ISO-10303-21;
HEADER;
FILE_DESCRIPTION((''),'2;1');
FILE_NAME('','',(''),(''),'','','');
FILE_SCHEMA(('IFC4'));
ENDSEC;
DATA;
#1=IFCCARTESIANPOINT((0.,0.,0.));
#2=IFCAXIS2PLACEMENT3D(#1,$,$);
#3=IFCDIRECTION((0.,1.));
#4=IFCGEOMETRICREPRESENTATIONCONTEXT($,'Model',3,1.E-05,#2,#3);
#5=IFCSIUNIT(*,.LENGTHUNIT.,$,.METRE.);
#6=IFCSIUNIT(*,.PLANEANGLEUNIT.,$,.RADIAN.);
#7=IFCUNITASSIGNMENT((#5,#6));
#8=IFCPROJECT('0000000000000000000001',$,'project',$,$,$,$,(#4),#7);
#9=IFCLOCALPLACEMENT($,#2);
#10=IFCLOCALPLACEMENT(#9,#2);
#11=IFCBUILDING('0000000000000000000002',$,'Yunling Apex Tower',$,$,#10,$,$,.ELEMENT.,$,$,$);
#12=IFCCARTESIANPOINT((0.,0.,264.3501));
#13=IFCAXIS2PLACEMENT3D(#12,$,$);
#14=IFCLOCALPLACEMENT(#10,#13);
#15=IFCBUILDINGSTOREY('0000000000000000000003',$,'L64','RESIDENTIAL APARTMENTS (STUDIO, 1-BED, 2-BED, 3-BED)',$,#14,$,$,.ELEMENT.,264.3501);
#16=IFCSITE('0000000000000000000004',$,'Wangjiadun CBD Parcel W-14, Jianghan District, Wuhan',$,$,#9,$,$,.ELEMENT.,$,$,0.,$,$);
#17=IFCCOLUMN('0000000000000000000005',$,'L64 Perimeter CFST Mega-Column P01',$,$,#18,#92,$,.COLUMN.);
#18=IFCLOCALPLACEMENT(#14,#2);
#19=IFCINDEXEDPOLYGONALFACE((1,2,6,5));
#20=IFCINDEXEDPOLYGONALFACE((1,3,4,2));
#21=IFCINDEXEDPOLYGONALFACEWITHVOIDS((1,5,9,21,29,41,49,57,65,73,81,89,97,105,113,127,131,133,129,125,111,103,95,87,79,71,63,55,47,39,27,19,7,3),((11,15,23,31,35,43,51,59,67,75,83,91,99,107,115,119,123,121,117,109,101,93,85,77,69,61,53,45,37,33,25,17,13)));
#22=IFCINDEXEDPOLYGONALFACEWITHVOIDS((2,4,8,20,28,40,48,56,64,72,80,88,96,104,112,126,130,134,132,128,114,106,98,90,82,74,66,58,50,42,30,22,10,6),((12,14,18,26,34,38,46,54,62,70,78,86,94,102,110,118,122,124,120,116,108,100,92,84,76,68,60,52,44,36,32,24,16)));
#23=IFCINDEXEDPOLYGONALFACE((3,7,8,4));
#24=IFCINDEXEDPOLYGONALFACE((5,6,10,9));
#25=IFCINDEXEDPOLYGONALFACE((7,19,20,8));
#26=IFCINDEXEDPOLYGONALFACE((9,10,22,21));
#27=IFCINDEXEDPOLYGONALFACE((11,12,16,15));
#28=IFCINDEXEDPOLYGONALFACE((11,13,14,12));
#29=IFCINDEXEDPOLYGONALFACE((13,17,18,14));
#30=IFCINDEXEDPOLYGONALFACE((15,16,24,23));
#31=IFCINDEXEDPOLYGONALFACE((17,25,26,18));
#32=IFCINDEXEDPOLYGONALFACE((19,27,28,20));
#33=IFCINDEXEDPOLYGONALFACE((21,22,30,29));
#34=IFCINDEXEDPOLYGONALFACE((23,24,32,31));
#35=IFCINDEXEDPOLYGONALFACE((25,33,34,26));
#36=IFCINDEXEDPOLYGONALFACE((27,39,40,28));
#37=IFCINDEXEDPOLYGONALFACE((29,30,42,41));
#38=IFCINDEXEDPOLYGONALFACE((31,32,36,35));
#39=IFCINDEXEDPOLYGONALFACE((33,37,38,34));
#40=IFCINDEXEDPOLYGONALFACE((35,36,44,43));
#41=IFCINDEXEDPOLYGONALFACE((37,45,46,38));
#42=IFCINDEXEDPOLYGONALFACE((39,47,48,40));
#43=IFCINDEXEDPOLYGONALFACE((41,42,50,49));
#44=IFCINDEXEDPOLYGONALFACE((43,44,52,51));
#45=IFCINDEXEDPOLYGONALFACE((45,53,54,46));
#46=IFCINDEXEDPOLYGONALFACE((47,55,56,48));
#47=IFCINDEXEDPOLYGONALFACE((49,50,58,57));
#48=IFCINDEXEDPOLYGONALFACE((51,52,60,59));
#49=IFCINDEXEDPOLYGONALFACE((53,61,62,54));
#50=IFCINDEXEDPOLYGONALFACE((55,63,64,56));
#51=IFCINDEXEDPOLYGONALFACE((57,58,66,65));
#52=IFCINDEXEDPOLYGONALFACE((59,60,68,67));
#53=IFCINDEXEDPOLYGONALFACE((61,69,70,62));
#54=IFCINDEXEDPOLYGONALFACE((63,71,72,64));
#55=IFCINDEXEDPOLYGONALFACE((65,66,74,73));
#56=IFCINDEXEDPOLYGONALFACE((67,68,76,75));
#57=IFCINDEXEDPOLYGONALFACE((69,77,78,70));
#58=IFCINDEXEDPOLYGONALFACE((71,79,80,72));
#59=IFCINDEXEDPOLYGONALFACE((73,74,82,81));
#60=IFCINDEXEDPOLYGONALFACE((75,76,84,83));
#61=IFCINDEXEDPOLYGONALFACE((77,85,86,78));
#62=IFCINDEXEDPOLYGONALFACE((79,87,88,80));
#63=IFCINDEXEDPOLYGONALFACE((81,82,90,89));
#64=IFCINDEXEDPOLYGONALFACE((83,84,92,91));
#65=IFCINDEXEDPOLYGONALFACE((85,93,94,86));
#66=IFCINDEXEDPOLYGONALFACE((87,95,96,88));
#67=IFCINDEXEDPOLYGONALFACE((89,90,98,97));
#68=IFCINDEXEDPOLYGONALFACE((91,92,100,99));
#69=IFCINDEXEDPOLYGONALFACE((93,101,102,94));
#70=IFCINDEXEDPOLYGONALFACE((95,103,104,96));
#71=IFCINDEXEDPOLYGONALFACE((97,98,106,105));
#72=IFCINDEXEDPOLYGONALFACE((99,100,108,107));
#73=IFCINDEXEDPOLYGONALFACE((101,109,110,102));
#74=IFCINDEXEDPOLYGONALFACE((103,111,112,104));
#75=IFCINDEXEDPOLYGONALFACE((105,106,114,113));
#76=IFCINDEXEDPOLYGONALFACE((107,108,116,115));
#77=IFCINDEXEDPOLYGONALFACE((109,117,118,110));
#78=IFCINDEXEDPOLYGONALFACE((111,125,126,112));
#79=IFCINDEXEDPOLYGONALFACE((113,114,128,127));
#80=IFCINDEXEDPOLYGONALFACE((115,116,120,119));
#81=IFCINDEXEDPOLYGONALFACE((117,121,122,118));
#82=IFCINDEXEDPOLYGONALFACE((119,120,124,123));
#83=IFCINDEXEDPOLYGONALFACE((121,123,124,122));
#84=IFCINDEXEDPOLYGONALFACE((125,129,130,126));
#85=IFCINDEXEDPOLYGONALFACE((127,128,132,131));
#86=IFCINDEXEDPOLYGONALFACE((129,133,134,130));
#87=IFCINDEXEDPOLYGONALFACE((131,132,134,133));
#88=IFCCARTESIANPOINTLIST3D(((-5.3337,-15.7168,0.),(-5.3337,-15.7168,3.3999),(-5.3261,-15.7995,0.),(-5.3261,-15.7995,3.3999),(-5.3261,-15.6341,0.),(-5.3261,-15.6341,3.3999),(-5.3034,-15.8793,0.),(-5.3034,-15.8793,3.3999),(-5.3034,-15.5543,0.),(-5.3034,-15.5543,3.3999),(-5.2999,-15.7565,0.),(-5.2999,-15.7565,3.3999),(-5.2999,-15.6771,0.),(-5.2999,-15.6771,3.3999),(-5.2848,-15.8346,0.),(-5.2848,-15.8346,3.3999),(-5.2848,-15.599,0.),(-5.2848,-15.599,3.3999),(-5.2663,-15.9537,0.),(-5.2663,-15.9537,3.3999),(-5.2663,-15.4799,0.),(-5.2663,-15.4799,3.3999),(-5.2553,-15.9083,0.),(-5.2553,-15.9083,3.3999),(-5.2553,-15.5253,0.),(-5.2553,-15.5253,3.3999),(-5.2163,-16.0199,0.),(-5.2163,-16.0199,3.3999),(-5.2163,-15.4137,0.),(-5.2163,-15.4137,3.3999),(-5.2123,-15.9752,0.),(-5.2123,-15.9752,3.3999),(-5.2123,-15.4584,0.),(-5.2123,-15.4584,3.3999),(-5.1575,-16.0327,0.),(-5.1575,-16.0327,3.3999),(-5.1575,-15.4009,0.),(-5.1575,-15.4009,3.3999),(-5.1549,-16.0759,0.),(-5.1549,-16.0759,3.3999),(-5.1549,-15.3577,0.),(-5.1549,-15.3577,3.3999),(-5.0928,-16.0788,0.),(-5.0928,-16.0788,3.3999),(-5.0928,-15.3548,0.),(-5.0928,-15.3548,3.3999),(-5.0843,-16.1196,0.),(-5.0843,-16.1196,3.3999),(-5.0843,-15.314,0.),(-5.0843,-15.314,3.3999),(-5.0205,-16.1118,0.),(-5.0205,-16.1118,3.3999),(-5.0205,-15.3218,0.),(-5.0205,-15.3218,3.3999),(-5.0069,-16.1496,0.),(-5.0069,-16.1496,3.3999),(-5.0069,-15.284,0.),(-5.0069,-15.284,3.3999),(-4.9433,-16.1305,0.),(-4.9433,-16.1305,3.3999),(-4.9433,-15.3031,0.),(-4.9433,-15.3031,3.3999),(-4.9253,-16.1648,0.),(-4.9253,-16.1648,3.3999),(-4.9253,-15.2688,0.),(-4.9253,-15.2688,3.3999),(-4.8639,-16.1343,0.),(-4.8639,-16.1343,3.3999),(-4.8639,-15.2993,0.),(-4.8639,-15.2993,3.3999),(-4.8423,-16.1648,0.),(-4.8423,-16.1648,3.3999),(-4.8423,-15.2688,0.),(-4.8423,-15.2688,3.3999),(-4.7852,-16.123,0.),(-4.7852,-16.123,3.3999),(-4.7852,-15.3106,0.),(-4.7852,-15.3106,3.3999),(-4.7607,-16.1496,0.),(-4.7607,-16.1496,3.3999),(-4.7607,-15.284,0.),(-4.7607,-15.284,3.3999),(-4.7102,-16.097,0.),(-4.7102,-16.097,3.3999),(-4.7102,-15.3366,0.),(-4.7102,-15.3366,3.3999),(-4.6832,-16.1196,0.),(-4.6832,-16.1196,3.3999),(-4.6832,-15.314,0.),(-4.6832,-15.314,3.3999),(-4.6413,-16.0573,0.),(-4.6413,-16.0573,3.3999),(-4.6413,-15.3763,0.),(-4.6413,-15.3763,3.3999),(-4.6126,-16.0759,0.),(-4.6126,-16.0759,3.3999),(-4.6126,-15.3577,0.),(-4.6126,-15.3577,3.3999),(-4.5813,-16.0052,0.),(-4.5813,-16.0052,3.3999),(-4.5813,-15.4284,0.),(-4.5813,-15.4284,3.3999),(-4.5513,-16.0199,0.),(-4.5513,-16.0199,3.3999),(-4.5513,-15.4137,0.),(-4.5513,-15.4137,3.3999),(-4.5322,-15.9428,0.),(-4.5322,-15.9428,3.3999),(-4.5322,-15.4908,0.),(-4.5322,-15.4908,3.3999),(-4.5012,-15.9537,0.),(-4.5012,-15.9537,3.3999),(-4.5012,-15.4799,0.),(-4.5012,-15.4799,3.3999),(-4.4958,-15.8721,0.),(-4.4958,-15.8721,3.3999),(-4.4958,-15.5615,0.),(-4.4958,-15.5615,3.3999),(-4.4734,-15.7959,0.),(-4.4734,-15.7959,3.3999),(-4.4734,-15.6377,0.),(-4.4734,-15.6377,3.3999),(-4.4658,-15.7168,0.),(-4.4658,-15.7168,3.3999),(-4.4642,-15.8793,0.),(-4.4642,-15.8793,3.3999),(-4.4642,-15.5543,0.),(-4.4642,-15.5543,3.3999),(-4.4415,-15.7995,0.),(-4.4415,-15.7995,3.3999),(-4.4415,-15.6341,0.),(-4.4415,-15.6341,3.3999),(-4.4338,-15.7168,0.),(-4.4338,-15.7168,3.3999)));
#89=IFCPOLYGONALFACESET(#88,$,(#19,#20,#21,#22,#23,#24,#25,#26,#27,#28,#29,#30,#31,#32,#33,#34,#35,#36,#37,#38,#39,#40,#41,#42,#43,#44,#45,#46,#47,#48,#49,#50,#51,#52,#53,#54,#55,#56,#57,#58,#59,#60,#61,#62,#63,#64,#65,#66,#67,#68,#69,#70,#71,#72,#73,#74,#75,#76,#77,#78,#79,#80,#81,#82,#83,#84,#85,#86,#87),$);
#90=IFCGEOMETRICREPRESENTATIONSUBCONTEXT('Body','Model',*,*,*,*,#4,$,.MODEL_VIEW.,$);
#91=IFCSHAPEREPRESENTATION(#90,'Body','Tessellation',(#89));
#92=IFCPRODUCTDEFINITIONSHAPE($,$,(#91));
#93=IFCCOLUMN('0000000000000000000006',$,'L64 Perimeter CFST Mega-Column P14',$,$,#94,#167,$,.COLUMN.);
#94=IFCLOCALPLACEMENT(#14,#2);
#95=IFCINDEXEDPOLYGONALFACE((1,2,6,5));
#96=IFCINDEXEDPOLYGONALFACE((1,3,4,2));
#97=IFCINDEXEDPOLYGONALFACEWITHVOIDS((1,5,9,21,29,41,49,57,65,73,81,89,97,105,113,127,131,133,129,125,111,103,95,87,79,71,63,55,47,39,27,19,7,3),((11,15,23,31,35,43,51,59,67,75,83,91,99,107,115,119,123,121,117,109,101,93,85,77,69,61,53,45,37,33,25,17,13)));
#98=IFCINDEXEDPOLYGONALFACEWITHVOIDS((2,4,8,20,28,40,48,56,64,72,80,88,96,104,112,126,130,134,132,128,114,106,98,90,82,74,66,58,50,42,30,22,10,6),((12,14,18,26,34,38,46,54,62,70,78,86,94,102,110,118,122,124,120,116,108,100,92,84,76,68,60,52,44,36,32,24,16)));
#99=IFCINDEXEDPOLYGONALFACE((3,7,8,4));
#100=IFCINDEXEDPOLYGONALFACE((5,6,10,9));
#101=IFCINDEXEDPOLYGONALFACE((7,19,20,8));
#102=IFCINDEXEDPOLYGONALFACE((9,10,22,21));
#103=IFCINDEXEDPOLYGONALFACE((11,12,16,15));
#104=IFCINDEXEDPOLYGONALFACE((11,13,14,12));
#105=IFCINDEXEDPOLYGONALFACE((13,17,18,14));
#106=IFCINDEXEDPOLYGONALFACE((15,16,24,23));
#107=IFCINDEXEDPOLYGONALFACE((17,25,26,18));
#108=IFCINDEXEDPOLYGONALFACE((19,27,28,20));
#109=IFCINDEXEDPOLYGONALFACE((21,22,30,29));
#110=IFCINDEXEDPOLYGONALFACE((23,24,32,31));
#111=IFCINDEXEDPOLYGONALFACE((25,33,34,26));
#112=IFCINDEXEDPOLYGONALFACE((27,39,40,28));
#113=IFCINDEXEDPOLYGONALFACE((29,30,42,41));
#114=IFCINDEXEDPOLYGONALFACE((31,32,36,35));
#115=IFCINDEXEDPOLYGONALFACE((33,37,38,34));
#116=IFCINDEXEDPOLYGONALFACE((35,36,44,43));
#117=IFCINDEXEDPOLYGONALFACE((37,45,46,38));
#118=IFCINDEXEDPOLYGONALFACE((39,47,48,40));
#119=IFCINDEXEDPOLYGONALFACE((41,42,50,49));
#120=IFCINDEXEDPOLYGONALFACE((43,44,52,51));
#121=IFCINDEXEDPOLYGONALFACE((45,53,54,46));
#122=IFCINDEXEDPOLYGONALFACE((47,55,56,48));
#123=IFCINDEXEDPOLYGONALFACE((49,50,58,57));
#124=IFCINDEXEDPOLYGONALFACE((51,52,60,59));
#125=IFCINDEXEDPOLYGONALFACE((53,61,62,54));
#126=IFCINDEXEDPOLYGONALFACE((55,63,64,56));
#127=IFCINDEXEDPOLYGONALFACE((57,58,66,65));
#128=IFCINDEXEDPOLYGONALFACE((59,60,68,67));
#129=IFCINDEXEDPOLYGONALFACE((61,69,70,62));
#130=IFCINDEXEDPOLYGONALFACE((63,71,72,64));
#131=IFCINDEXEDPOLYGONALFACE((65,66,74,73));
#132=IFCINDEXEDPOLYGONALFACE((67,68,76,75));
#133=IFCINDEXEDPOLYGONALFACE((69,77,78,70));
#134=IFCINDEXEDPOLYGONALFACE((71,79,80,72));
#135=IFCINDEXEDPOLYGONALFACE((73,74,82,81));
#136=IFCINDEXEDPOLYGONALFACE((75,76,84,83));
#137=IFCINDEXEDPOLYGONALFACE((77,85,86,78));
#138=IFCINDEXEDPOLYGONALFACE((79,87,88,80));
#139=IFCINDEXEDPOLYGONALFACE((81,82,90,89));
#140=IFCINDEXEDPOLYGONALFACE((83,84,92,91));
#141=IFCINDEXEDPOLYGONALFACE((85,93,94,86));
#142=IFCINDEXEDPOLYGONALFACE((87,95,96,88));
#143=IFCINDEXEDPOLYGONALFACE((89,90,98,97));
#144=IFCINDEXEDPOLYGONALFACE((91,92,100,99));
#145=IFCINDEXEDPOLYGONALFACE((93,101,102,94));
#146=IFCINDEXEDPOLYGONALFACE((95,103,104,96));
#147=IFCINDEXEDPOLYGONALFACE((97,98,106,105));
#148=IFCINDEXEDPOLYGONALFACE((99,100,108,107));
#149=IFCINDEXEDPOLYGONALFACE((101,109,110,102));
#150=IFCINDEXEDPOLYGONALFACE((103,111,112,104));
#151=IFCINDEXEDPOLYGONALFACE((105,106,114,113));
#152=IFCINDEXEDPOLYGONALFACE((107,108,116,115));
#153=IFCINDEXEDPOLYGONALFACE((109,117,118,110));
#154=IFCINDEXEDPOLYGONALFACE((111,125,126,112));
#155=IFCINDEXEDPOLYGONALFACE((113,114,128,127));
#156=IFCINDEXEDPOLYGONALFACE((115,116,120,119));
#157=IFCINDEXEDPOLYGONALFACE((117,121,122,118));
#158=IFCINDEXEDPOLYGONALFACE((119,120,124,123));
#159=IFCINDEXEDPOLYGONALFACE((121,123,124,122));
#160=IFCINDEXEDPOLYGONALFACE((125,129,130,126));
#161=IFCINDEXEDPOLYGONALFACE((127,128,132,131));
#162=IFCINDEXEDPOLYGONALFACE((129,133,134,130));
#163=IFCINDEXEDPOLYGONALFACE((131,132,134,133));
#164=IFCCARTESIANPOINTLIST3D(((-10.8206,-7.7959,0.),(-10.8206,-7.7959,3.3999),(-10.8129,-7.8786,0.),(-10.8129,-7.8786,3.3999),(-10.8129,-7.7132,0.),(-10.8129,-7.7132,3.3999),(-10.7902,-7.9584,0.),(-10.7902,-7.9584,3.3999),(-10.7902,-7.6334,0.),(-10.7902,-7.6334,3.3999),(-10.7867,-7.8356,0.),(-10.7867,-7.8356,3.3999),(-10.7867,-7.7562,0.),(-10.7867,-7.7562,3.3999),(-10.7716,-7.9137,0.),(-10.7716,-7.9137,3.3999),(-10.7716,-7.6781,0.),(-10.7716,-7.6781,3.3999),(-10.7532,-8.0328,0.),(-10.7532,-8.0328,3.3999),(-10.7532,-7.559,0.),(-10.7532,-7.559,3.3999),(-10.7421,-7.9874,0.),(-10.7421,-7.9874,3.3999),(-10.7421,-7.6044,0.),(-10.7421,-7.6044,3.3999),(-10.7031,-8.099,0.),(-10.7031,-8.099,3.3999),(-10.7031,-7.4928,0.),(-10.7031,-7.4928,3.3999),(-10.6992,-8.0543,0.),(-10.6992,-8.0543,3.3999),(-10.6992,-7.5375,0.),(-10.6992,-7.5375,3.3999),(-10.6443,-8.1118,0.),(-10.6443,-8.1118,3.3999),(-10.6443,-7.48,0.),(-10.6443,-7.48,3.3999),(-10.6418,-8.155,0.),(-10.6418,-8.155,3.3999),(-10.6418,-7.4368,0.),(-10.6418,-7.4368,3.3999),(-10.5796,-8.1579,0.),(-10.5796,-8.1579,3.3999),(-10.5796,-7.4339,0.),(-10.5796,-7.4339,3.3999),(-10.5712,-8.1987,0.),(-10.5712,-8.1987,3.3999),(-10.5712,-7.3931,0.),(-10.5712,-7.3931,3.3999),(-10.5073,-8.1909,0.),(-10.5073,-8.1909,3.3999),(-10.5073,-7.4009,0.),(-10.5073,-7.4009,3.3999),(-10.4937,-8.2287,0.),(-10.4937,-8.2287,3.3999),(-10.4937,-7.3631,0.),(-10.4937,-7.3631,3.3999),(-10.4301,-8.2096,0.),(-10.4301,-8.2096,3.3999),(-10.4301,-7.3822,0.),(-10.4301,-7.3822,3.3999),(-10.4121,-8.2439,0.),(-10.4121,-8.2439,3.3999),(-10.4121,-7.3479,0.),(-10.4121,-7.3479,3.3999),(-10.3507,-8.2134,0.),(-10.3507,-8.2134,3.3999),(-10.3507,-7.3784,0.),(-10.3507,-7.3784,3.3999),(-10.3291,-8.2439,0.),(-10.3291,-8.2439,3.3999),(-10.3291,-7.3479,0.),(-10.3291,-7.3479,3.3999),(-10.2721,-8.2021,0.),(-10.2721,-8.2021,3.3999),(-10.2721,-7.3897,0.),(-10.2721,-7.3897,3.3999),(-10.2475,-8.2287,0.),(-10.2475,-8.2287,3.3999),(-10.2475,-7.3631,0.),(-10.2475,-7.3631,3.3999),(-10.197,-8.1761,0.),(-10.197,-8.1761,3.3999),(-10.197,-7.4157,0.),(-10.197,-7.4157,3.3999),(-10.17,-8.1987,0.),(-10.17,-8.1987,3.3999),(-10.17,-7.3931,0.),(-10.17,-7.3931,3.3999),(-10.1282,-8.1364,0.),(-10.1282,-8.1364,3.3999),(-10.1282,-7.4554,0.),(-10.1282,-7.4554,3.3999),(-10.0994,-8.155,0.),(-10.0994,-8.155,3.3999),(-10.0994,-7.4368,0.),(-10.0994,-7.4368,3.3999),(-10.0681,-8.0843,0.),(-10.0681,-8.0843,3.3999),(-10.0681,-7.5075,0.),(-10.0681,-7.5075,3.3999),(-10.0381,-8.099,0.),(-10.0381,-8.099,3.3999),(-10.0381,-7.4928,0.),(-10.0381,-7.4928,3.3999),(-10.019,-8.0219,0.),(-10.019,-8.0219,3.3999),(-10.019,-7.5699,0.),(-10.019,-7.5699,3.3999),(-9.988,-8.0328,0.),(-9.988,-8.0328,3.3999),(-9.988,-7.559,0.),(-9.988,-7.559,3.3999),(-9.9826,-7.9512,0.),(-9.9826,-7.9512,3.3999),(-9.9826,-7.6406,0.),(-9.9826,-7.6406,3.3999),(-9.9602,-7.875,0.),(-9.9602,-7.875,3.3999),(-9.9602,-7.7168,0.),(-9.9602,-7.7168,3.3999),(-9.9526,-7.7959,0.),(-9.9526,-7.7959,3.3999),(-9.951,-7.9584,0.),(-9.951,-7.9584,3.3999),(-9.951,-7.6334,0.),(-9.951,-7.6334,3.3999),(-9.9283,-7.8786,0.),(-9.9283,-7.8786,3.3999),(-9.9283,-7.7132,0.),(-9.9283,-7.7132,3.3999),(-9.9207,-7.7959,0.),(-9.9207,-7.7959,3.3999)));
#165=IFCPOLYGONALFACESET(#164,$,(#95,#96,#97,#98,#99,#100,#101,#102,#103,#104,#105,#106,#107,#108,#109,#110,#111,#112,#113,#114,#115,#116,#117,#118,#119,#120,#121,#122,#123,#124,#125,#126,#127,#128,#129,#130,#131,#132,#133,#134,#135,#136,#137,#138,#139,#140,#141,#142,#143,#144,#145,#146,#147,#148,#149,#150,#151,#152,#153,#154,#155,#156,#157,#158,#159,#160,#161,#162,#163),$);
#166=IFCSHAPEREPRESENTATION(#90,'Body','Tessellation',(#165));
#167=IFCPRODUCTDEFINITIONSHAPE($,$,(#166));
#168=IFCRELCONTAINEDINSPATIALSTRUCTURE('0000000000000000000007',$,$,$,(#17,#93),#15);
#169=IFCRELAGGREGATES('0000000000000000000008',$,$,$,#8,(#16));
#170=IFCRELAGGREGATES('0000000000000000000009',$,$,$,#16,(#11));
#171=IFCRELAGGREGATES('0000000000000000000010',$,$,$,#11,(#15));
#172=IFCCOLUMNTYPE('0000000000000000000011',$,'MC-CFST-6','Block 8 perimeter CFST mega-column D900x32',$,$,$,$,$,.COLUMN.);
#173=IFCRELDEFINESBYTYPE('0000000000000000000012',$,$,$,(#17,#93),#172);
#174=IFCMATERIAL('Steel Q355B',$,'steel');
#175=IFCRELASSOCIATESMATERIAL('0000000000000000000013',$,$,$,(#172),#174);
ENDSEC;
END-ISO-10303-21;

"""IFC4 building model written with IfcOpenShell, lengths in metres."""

from ifc_helpers import new_model, si_unit, direction, frame, origin, origin_2d, place, context, subcontext, project, spatial, hollow_circle, extrude, source, transform, mapped, material, material_profile, profile_set, type_object, element, save


model = new_model("IFC4")

# Units and contexts
model_context = context("Model", 3, precision=1e-05, world=origin(), true_north=direction((0.0, 1.0)))
body_context = subcontext(model_context, "Body", "Model", "MODEL_VIEW")
ifc_project = project(units=[si_unit("LENGTHUNIT", "METRE"), si_unit("PLANEANGLEUNIT", "RADIAN")], contexts=[model_context])

# Site, building, storey
site_placement = place(None, origin())
site = spatial("IfcSite", under=ifc_project, at=site_placement, Name="Wangjiadun CBD Parcel W-14, Jianghan District, Wuhan", CompositionType="ELEMENT", RefElevation=0.0)
building_placement = place(site_placement, origin())
building = spatial("IfcBuilding", under=site, at=building_placement, Name="Yunling Apex Tower", CompositionType="ELEMENT")
storey_placement = place(building_placement, frame((0.0, 0.0, 264.3501)))
storey = spatial("IfcBuildingStorey", under=building, at=storey_placement, Name="L64", Description="RESIDENTIAL APARTMENTS (STUDIO, 1-BED, 2-BED, 3-BED)", CompositionType="ELEMENT", Elevation=264.3501)

# Columns
ifc_material_1 = material(Name="Steel Q355B", Category="steel")
ifc_material_profile_1 = material_profile(ifc_material_1, hollow_circle(Radius=0.45, WallThickness=0.032, at=origin_2d()))
ifc_profile_set_1 = profile_set([ifc_material_profile_1], Name="Steel Q355B")
column_type = type_object("IfcColumnType", Name="MC-CFST-6", Description="Block 8 perimeter CFST mega-column D900x32", PredefinedType="COLUMN", material=ifc_profile_set_1)
shared_shape_1 = source(origin(), body_context, "Body", "SweptSolid", [
    extrude(hollow_circle(Radius=0.45, WallThickness=0.032, at=origin_2d()), origin(), (0.0, 0.0, 1.0), 3.3999),
])
for number, where, z_axis, x_axis, name in (
    (1, (-4.8838, -15.7168, 0.0), (0.0, 0.0, 1.0), (1.0, 0.0, 0.0), "L64 Perimeter CFST Mega-Column P01"),
    (2, (-10.3706, -7.7959, 0.0), (0.0, 0.0, 1.0), (1.0, 0.0, 0.0), "L64 Perimeter CFST Mega-Column P14"),
):
    element("IfcColumn", number, at=place(storey_placement, frame(where, z_axis=z_axis, x_axis=x_axis)), inside=storey, type_object=column_type, Name=name, PredefinedType="COLUMN", context=body_context, shape_type="MappedRepresentation", body=[
        mapped(shared_shape_1, transform((0.0, 0.0, 0.0), scale=1.0)),
    ])

save(model, "model.ifc")
